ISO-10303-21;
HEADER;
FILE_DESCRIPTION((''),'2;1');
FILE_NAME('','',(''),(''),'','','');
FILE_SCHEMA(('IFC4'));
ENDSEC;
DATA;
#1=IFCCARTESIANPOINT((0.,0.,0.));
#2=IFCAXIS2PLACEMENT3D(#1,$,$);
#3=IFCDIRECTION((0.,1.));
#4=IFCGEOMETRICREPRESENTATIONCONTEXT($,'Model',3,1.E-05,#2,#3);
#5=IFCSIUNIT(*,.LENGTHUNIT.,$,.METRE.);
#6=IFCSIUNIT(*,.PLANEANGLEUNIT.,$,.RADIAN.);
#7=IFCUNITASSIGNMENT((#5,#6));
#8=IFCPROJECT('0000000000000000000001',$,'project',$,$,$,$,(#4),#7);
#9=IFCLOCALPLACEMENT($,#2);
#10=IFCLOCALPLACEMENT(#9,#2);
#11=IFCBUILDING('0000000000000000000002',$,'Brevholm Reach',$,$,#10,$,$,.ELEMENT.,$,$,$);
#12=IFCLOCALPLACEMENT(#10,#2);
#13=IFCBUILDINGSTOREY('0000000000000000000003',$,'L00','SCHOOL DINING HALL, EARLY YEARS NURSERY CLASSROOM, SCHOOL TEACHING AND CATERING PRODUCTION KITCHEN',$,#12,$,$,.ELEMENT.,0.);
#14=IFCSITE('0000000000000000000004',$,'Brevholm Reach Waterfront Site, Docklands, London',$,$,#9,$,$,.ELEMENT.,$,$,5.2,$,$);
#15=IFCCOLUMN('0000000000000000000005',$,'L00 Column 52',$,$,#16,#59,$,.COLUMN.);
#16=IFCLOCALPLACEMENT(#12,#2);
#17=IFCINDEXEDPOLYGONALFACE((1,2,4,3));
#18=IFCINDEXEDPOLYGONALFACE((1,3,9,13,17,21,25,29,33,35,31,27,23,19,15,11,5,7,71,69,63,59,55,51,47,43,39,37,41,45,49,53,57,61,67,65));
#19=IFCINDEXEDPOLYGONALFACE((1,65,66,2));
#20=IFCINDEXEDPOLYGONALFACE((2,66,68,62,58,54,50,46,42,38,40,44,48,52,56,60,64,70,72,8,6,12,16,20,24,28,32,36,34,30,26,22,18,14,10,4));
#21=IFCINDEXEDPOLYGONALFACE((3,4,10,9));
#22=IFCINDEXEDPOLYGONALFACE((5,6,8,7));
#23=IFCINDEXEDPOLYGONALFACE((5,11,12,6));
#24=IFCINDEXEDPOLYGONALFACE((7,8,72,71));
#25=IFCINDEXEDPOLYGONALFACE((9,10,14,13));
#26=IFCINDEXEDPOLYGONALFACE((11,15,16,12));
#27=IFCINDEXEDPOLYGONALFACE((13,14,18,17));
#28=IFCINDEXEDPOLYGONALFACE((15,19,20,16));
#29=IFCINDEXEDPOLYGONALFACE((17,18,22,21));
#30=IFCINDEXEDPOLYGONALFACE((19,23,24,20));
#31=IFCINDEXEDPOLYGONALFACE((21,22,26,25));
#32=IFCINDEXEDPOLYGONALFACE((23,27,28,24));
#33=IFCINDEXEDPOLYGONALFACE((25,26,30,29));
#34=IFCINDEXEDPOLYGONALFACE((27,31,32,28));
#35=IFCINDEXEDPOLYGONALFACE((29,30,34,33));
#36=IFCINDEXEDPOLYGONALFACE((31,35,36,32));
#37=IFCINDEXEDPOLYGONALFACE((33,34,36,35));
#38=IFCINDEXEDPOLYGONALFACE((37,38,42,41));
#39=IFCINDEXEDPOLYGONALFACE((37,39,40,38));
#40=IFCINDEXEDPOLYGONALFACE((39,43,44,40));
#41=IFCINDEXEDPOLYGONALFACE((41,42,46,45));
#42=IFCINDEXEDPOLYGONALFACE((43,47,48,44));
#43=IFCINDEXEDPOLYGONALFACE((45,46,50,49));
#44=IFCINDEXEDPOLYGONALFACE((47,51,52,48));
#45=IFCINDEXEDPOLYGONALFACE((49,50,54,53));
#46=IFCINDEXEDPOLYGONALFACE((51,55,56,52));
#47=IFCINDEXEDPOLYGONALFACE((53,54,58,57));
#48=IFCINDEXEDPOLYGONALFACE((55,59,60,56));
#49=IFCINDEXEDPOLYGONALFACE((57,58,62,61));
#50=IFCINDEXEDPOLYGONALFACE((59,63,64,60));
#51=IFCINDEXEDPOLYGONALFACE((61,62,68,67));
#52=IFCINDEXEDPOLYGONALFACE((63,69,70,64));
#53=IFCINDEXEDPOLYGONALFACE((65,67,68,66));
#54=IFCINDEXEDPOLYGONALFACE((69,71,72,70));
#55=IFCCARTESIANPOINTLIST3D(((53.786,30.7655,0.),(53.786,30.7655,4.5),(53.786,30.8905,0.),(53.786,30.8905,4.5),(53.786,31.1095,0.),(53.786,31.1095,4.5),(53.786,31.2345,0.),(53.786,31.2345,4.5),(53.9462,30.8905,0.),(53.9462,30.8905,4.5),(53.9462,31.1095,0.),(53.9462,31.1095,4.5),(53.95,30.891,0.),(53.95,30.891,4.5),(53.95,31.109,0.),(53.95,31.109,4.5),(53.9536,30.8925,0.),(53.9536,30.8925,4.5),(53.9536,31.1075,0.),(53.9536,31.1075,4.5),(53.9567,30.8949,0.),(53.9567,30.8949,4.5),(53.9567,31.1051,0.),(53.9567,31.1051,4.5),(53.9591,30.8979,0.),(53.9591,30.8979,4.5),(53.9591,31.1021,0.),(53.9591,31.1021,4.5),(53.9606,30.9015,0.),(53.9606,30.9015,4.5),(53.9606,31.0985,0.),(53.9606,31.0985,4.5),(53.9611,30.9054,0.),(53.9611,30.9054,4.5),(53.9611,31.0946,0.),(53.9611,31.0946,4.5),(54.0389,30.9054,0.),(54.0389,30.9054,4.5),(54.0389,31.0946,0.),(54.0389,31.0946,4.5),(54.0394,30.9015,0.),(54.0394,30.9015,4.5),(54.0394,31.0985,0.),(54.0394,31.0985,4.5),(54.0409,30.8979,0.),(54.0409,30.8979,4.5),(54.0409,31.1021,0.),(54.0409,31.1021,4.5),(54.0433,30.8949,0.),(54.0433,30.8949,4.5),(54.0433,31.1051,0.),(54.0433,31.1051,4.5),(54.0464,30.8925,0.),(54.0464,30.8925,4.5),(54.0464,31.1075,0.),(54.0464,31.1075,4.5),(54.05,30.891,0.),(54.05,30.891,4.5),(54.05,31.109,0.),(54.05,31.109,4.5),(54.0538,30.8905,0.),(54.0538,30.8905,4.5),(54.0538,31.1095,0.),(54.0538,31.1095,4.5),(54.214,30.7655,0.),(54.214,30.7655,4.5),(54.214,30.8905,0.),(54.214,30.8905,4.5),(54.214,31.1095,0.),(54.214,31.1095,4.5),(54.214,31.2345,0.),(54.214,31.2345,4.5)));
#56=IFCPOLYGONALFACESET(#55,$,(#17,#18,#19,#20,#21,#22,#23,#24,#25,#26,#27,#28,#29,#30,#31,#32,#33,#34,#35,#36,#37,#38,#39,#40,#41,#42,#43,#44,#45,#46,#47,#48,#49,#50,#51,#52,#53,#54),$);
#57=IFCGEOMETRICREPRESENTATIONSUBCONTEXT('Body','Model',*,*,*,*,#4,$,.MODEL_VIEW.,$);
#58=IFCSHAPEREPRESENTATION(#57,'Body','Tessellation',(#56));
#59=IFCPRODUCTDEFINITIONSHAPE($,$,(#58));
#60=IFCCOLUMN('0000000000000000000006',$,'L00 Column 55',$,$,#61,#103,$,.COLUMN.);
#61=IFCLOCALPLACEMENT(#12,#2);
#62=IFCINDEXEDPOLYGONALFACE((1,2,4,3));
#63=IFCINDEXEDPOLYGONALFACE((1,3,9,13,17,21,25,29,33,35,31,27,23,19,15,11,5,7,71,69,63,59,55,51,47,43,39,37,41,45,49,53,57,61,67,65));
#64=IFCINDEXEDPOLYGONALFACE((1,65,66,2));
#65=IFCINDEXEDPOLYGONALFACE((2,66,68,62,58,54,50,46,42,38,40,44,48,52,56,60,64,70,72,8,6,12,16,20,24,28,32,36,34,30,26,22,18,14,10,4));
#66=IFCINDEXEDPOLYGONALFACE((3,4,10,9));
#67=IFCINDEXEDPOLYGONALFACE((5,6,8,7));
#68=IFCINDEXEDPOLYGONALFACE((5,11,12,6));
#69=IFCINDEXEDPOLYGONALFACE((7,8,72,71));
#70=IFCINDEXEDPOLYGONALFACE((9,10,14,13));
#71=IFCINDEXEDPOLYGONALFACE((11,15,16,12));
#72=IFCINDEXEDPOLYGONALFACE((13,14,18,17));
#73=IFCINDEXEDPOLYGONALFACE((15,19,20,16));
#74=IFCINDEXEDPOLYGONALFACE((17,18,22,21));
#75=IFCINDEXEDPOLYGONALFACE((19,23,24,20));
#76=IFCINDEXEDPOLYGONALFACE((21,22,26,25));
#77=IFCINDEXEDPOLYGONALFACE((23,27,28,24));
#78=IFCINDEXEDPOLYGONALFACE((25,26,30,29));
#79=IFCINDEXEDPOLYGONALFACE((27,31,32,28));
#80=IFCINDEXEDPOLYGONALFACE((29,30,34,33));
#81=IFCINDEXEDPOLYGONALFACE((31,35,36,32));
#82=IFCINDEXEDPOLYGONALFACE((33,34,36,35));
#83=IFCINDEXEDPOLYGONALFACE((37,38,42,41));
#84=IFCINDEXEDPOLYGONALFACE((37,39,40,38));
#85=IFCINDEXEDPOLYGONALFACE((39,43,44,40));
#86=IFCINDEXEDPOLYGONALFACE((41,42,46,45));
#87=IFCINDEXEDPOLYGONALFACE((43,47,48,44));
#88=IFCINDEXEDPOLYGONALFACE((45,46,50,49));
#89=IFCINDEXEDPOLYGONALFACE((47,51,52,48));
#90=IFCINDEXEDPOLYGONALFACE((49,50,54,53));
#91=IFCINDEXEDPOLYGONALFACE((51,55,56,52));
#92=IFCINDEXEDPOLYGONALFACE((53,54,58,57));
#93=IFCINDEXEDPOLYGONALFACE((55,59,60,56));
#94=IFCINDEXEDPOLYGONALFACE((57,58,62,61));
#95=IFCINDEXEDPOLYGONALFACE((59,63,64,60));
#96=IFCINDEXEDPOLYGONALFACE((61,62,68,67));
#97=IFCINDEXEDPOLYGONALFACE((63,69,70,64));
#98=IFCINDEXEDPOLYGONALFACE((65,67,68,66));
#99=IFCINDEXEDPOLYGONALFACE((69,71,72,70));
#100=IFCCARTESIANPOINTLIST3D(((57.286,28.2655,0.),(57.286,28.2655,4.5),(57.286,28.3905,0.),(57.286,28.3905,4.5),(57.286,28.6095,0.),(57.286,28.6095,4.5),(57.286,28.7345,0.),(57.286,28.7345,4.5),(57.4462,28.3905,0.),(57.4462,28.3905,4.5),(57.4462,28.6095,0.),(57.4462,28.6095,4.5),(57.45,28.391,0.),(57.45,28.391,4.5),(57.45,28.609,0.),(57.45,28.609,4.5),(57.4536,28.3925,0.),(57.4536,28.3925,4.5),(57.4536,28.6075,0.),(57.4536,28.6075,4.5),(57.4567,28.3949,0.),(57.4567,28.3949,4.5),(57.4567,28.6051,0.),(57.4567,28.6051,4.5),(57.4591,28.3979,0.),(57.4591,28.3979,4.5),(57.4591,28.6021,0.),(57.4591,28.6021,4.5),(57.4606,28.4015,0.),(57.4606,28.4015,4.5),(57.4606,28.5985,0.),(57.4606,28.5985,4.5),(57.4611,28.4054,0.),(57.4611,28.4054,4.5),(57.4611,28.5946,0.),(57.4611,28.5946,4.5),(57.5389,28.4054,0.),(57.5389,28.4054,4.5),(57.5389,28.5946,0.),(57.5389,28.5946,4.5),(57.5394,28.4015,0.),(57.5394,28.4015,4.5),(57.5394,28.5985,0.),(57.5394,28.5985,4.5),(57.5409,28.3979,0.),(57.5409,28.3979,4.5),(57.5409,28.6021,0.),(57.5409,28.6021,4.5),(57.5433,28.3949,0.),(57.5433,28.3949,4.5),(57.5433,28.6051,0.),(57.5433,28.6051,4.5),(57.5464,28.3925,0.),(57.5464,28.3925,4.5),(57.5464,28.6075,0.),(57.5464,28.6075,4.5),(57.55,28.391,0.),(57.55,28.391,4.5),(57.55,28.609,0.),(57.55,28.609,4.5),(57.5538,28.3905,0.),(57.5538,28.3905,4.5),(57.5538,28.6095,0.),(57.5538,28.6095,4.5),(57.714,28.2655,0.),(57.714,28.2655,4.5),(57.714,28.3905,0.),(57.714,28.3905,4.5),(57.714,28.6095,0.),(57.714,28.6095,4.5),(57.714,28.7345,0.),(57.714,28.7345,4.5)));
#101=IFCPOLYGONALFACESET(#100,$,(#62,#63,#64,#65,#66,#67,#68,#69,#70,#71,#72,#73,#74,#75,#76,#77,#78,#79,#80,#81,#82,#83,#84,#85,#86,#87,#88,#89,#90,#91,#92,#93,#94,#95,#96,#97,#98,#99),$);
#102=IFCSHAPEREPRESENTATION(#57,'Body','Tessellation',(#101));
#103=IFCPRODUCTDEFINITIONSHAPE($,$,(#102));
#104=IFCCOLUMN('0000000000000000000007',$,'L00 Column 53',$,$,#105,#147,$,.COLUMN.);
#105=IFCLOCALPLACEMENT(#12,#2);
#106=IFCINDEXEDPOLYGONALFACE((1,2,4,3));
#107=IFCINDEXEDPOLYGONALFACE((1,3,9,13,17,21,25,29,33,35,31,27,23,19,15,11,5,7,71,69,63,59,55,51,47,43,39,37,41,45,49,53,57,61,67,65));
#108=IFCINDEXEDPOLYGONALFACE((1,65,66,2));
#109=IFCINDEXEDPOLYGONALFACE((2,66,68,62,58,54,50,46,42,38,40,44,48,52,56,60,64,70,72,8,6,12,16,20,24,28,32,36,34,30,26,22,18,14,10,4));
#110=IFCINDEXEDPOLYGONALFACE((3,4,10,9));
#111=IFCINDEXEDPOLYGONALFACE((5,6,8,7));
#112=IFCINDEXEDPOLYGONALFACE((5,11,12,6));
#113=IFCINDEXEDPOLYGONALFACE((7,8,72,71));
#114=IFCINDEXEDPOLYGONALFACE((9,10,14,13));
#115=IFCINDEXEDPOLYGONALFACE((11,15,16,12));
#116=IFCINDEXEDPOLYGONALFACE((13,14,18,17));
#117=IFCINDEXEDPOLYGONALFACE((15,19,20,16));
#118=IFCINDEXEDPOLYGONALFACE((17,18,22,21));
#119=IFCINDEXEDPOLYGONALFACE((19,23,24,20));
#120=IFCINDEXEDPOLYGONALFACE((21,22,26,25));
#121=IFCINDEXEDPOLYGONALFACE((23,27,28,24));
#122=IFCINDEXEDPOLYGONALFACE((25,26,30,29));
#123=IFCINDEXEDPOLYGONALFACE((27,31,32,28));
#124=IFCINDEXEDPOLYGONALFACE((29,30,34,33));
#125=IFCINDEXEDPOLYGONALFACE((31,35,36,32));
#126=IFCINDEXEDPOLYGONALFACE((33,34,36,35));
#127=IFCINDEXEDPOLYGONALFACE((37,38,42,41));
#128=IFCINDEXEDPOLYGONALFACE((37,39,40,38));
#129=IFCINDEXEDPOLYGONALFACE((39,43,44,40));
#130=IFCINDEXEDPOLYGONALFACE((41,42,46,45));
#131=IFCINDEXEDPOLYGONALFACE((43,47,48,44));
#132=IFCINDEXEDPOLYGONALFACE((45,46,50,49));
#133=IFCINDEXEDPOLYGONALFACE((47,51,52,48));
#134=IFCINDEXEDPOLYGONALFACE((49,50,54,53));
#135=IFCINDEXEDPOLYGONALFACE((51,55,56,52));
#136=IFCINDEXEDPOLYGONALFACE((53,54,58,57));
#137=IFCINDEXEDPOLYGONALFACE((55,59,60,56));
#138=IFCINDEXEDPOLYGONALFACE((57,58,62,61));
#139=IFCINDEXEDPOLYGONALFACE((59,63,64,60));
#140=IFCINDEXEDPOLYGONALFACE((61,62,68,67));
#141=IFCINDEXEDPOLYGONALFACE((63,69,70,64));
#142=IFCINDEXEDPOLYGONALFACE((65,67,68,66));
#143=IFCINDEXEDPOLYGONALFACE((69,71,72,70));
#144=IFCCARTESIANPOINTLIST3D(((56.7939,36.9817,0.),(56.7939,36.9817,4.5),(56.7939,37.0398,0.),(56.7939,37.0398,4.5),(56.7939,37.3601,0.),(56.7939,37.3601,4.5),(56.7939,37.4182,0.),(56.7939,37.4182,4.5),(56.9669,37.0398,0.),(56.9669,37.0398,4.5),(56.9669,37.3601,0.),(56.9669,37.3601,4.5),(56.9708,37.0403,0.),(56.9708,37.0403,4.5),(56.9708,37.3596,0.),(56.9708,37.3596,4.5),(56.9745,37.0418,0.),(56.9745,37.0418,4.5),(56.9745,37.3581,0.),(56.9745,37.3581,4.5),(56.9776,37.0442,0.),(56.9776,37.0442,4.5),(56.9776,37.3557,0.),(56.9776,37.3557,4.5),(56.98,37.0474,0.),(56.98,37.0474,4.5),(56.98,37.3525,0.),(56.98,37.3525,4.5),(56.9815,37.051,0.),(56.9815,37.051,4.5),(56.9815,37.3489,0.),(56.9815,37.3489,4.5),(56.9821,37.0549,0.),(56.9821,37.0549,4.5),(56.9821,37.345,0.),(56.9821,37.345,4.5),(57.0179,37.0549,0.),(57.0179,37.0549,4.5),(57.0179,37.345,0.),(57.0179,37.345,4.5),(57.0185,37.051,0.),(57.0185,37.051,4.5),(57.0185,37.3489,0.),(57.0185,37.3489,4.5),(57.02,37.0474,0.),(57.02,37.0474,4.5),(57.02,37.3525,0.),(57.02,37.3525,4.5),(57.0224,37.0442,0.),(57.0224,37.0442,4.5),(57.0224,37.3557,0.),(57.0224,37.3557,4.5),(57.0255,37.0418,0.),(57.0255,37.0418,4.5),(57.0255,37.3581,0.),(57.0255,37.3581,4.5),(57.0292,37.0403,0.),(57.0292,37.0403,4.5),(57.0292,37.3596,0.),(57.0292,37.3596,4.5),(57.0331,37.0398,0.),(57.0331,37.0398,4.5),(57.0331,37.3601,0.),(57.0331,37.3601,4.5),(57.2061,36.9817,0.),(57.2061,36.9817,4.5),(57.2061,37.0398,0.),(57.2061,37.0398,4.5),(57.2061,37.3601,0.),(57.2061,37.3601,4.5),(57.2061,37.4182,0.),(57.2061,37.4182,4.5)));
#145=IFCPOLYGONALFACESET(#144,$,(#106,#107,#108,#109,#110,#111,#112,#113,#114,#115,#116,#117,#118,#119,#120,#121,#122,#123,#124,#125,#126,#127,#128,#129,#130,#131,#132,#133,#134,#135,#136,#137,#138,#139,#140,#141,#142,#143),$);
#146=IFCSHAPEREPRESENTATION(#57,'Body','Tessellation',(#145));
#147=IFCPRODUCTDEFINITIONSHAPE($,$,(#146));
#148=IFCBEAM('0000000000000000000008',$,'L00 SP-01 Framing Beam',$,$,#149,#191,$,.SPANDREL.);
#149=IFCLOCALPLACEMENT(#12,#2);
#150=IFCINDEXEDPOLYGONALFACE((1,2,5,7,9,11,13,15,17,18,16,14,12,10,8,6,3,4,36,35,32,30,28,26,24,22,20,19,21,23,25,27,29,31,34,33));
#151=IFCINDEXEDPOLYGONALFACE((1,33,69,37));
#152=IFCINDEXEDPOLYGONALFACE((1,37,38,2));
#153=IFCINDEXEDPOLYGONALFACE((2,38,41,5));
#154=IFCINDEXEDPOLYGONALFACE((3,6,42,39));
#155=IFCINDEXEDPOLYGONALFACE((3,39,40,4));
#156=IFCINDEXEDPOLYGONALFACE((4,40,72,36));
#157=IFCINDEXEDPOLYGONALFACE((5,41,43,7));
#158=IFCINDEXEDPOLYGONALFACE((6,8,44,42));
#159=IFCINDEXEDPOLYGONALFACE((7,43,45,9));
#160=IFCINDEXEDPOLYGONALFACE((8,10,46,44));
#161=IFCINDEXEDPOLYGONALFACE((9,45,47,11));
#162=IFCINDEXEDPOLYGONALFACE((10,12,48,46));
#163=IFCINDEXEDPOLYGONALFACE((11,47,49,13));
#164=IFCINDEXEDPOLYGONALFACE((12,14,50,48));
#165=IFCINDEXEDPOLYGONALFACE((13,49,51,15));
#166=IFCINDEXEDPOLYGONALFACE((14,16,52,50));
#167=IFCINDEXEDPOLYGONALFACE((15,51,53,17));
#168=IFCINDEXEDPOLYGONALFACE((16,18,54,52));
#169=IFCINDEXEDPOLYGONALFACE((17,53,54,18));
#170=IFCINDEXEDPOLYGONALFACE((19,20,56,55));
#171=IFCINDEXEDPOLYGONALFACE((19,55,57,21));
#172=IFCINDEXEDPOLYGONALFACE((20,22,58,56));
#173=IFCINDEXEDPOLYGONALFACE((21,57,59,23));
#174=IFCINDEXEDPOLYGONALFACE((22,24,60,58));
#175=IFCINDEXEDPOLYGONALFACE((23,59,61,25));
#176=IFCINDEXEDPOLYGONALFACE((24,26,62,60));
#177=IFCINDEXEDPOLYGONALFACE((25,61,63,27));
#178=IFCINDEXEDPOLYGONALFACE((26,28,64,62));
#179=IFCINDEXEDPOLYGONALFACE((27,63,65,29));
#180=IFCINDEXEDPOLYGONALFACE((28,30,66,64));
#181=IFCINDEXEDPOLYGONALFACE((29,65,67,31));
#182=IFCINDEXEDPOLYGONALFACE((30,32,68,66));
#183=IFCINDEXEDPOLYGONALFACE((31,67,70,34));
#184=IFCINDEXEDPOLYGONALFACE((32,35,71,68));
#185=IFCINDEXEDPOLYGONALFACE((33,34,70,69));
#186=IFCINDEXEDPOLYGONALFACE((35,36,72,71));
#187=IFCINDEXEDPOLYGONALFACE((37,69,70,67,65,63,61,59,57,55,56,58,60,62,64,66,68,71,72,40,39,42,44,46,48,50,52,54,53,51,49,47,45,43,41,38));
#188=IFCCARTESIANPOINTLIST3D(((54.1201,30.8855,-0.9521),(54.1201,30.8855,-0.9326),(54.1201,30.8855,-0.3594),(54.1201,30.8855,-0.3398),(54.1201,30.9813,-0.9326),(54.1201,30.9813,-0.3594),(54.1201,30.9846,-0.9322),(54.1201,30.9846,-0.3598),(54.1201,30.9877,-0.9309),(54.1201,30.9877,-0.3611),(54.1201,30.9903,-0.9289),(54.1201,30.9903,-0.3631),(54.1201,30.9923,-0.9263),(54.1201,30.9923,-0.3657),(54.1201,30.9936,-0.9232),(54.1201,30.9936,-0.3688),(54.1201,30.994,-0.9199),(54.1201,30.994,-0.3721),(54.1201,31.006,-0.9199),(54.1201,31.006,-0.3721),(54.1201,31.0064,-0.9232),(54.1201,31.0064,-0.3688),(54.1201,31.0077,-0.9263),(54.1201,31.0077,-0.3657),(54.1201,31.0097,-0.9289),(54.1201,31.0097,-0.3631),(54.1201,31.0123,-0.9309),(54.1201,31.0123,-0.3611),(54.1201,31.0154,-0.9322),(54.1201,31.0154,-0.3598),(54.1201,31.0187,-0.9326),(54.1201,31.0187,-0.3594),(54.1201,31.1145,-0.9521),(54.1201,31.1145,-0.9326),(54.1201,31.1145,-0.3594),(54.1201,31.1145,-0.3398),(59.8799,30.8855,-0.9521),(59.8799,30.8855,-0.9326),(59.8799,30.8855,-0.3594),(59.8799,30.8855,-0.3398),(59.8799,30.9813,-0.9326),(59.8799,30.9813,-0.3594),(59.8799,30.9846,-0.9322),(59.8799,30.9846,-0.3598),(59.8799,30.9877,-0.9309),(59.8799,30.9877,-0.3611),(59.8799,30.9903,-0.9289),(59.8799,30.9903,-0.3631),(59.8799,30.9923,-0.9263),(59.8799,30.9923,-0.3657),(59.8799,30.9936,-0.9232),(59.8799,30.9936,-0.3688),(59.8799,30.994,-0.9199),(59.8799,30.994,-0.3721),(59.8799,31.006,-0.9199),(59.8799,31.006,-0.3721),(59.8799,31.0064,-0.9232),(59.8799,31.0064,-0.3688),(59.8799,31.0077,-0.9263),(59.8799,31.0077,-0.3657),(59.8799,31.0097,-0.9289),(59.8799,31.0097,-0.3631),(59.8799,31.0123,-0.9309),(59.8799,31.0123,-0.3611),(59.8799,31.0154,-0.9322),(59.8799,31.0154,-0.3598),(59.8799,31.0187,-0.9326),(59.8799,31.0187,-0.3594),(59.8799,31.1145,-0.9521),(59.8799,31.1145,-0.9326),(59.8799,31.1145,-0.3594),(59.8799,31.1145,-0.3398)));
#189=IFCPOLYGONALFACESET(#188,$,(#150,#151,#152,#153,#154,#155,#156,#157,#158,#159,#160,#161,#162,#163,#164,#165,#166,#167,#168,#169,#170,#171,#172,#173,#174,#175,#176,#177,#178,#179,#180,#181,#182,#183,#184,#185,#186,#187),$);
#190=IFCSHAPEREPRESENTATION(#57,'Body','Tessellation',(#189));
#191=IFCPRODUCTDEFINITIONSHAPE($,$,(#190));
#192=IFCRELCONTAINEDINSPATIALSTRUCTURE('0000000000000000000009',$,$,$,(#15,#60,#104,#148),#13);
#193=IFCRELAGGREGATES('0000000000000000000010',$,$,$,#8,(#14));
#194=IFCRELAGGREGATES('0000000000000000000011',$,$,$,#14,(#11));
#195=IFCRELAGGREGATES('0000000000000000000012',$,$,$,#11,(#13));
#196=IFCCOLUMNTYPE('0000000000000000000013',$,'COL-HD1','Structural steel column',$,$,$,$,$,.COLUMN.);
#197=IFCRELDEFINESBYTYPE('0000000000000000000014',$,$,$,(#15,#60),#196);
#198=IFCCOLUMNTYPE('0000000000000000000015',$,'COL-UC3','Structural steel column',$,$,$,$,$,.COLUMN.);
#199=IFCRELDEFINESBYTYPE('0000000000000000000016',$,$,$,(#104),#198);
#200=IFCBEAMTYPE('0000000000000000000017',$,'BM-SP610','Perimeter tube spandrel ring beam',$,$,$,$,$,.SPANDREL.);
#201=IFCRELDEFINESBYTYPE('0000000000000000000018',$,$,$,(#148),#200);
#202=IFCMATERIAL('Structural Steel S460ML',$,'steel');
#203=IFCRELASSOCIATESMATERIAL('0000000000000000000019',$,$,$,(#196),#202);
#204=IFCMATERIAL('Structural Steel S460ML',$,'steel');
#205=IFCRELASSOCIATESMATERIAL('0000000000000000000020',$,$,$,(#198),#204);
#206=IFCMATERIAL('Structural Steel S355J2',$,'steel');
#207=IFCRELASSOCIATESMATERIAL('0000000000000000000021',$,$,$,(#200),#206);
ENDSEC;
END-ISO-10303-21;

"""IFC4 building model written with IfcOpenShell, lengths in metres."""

from ifc_helpers import new_model, si_unit, direction, frame, origin, origin_2d, place, context, subcontext, project, spatial, i_section, extrude, material, material_profile, profile_set, type_object, element, save


model = new_model("IFC4")

# Units and contexts
model_context = context("Model", 3, precision=1e-05, world=origin(), true_north=direction((0.0, 1.0)))
body_context = subcontext(model_context, "Body", "Model", "MODEL_VIEW")
ifc_project = project(units=[si_unit("LENGTHUNIT", "METRE"), si_unit("PLANEANGLEUNIT", "RADIAN")], contexts=[model_context])

# Site, building, storey
site_placement = place(None, origin())
site = spatial("IfcSite", under=ifc_project, at=site_placement, Name="Brevholm Reach Waterfront Site, Docklands, London", CompositionType="ELEMENT", RefElevation=5.2)
building_placement = place(site_placement, origin())
building = spatial("IfcBuilding", under=site, at=building_placement, Name="Brevholm Reach", CompositionType="ELEMENT")
storey_placement = place(building_placement, origin())
storey = spatial("IfcBuildingStorey", under=building, at=storey_placement, Name="L00", Description="SCHOOL DINING HALL, EARLY YEARS NURSERY CLASSROOM, SCHOOL TEACHING AND CATERING PRODUCTION KITCHEN", CompositionType="ELEMENT", Elevation=0.0)

# Columns
ifc_material_1 = material(Name="Structural Steel S460ML", Category="steel")
ifc_material_profile_1 = material_profile(ifc_material_1, i_section(OverallWidth=0.428, OverallDepth=0.469, WebThickness=0.0779, FlangeThickness=0.125, FilletRadius=0.0149, at=origin_2d()), Name="HD 400x1086")
ifc_profile_set_1 = profile_set([ifc_material_profile_1], Name="Structural Steel S460ML")
column_type_1 = type_object("IfcColumnType", Name="COL-HD1", Description="Structural steel column", PredefinedType="COLUMN", material=ifc_profile_set_1)
for number, where, z_axis, x_axis, name in (
    (1, (54.0, 31.0, 0.0), (0.0, 0.0, 1.0), (1.0, 0.0, 0.0), "L00 Column 52"),
    (2, (57.5, 28.5, 0.0), (0.0, 0.0, 1.0), (1.0, 0.0, 0.0), "L00 Column 55"),
):
    element("IfcColumn", number, at=place(storey_placement, frame(where, z_axis=z_axis, x_axis=x_axis)), inside=storey, type_object=column_type_1, Name=name, PredefinedType="COLUMN", context=body_context, shape_type="SweptSolid", body=[
        extrude(i_section(OverallWidth=0.428, OverallDepth=0.469, WebThickness=0.0779, FlangeThickness=0.125, FilletRadius=0.0149, at=origin_2d()), origin(), (0.0, 0.0, 1.0), 4.5),
    ])
ifc_material_2 = material(Name="Structural Steel S460ML", Category="steel")
ifc_material_profile_2 = material_profile(ifc_material_2, i_section(OverallWidth=0.4121, OverallDepth=0.4365, WebThickness=0.0359, FlangeThickness=0.0581, FilletRadius=0.0151, at=origin_2d()), Name="UKC 356x406x467")
ifc_profile_set_2 = profile_set([ifc_material_profile_2], Name="Structural Steel S460ML")
column_type_2 = type_object("IfcColumnType", Name="COL-UC3", Description="Structural steel column", PredefinedType="COLUMN", material=ifc_profile_set_2)
column_placement = place(storey_placement, frame((57.0, 37.2, 0.0), z_axis=(0.0, 0.0, 1.0), x_axis=(1.0, 0.0, 0.0)))
element("IfcColumn", 3, at=column_placement, inside=storey, type_object=column_type_2, Name="L00 Column 53", PredefinedType="COLUMN", context=body_context, shape_type="SweptSolid", body=[
    extrude(i_section(OverallWidth=0.4121, OverallDepth=0.4365, WebThickness=0.0359, FlangeThickness=0.0581, FilletRadius=0.0151, at=origin_2d()), origin(), (0.0, 0.0, 1.0), 4.5),
])

# Beam
ifc_material_3 = material(Name="Structural Steel S355J2", Category="steel")
ifc_material_profile_3 = material_profile(ifc_material_3, i_section(OverallWidth=0.229, OverallDepth=0.6123, WebThickness=0.012, FlangeThickness=0.0195, FilletRadius=0.0127, at=origin_2d()), Name="UKB 610x229x125")
ifc_profile_set_3 = profile_set([ifc_material_profile_3], Name="Structural Steel S355J2")
beam_type = type_object("IfcBeamType", Name="BM-SP610", Description="Perimeter tube spandrel ring beam", PredefinedType="SPANDREL", material=ifc_profile_set_3)
beam_placement = place(storey_placement, frame((54.1201, 31.0, -0.646), z_axis=(1.0, 0.0, 0.0), x_axis=(0.0, 1.0, 0.0)))
element("IfcBeam", 4, at=beam_placement, inside=storey, type_object=beam_type, Name="L00 SP-01 Framing Beam", PredefinedType="SPANDREL", context=body_context, shape_type="SweptSolid", body=[
    extrude(i_section(OverallWidth=0.229, OverallDepth=0.6123, WebThickness=0.012, FlangeThickness=0.0195, FilletRadius=0.0127, at=origin_2d()), origin(), (0.0, 0.0, 1.0), 5.7598),
])

save(model, "model.ifc")
